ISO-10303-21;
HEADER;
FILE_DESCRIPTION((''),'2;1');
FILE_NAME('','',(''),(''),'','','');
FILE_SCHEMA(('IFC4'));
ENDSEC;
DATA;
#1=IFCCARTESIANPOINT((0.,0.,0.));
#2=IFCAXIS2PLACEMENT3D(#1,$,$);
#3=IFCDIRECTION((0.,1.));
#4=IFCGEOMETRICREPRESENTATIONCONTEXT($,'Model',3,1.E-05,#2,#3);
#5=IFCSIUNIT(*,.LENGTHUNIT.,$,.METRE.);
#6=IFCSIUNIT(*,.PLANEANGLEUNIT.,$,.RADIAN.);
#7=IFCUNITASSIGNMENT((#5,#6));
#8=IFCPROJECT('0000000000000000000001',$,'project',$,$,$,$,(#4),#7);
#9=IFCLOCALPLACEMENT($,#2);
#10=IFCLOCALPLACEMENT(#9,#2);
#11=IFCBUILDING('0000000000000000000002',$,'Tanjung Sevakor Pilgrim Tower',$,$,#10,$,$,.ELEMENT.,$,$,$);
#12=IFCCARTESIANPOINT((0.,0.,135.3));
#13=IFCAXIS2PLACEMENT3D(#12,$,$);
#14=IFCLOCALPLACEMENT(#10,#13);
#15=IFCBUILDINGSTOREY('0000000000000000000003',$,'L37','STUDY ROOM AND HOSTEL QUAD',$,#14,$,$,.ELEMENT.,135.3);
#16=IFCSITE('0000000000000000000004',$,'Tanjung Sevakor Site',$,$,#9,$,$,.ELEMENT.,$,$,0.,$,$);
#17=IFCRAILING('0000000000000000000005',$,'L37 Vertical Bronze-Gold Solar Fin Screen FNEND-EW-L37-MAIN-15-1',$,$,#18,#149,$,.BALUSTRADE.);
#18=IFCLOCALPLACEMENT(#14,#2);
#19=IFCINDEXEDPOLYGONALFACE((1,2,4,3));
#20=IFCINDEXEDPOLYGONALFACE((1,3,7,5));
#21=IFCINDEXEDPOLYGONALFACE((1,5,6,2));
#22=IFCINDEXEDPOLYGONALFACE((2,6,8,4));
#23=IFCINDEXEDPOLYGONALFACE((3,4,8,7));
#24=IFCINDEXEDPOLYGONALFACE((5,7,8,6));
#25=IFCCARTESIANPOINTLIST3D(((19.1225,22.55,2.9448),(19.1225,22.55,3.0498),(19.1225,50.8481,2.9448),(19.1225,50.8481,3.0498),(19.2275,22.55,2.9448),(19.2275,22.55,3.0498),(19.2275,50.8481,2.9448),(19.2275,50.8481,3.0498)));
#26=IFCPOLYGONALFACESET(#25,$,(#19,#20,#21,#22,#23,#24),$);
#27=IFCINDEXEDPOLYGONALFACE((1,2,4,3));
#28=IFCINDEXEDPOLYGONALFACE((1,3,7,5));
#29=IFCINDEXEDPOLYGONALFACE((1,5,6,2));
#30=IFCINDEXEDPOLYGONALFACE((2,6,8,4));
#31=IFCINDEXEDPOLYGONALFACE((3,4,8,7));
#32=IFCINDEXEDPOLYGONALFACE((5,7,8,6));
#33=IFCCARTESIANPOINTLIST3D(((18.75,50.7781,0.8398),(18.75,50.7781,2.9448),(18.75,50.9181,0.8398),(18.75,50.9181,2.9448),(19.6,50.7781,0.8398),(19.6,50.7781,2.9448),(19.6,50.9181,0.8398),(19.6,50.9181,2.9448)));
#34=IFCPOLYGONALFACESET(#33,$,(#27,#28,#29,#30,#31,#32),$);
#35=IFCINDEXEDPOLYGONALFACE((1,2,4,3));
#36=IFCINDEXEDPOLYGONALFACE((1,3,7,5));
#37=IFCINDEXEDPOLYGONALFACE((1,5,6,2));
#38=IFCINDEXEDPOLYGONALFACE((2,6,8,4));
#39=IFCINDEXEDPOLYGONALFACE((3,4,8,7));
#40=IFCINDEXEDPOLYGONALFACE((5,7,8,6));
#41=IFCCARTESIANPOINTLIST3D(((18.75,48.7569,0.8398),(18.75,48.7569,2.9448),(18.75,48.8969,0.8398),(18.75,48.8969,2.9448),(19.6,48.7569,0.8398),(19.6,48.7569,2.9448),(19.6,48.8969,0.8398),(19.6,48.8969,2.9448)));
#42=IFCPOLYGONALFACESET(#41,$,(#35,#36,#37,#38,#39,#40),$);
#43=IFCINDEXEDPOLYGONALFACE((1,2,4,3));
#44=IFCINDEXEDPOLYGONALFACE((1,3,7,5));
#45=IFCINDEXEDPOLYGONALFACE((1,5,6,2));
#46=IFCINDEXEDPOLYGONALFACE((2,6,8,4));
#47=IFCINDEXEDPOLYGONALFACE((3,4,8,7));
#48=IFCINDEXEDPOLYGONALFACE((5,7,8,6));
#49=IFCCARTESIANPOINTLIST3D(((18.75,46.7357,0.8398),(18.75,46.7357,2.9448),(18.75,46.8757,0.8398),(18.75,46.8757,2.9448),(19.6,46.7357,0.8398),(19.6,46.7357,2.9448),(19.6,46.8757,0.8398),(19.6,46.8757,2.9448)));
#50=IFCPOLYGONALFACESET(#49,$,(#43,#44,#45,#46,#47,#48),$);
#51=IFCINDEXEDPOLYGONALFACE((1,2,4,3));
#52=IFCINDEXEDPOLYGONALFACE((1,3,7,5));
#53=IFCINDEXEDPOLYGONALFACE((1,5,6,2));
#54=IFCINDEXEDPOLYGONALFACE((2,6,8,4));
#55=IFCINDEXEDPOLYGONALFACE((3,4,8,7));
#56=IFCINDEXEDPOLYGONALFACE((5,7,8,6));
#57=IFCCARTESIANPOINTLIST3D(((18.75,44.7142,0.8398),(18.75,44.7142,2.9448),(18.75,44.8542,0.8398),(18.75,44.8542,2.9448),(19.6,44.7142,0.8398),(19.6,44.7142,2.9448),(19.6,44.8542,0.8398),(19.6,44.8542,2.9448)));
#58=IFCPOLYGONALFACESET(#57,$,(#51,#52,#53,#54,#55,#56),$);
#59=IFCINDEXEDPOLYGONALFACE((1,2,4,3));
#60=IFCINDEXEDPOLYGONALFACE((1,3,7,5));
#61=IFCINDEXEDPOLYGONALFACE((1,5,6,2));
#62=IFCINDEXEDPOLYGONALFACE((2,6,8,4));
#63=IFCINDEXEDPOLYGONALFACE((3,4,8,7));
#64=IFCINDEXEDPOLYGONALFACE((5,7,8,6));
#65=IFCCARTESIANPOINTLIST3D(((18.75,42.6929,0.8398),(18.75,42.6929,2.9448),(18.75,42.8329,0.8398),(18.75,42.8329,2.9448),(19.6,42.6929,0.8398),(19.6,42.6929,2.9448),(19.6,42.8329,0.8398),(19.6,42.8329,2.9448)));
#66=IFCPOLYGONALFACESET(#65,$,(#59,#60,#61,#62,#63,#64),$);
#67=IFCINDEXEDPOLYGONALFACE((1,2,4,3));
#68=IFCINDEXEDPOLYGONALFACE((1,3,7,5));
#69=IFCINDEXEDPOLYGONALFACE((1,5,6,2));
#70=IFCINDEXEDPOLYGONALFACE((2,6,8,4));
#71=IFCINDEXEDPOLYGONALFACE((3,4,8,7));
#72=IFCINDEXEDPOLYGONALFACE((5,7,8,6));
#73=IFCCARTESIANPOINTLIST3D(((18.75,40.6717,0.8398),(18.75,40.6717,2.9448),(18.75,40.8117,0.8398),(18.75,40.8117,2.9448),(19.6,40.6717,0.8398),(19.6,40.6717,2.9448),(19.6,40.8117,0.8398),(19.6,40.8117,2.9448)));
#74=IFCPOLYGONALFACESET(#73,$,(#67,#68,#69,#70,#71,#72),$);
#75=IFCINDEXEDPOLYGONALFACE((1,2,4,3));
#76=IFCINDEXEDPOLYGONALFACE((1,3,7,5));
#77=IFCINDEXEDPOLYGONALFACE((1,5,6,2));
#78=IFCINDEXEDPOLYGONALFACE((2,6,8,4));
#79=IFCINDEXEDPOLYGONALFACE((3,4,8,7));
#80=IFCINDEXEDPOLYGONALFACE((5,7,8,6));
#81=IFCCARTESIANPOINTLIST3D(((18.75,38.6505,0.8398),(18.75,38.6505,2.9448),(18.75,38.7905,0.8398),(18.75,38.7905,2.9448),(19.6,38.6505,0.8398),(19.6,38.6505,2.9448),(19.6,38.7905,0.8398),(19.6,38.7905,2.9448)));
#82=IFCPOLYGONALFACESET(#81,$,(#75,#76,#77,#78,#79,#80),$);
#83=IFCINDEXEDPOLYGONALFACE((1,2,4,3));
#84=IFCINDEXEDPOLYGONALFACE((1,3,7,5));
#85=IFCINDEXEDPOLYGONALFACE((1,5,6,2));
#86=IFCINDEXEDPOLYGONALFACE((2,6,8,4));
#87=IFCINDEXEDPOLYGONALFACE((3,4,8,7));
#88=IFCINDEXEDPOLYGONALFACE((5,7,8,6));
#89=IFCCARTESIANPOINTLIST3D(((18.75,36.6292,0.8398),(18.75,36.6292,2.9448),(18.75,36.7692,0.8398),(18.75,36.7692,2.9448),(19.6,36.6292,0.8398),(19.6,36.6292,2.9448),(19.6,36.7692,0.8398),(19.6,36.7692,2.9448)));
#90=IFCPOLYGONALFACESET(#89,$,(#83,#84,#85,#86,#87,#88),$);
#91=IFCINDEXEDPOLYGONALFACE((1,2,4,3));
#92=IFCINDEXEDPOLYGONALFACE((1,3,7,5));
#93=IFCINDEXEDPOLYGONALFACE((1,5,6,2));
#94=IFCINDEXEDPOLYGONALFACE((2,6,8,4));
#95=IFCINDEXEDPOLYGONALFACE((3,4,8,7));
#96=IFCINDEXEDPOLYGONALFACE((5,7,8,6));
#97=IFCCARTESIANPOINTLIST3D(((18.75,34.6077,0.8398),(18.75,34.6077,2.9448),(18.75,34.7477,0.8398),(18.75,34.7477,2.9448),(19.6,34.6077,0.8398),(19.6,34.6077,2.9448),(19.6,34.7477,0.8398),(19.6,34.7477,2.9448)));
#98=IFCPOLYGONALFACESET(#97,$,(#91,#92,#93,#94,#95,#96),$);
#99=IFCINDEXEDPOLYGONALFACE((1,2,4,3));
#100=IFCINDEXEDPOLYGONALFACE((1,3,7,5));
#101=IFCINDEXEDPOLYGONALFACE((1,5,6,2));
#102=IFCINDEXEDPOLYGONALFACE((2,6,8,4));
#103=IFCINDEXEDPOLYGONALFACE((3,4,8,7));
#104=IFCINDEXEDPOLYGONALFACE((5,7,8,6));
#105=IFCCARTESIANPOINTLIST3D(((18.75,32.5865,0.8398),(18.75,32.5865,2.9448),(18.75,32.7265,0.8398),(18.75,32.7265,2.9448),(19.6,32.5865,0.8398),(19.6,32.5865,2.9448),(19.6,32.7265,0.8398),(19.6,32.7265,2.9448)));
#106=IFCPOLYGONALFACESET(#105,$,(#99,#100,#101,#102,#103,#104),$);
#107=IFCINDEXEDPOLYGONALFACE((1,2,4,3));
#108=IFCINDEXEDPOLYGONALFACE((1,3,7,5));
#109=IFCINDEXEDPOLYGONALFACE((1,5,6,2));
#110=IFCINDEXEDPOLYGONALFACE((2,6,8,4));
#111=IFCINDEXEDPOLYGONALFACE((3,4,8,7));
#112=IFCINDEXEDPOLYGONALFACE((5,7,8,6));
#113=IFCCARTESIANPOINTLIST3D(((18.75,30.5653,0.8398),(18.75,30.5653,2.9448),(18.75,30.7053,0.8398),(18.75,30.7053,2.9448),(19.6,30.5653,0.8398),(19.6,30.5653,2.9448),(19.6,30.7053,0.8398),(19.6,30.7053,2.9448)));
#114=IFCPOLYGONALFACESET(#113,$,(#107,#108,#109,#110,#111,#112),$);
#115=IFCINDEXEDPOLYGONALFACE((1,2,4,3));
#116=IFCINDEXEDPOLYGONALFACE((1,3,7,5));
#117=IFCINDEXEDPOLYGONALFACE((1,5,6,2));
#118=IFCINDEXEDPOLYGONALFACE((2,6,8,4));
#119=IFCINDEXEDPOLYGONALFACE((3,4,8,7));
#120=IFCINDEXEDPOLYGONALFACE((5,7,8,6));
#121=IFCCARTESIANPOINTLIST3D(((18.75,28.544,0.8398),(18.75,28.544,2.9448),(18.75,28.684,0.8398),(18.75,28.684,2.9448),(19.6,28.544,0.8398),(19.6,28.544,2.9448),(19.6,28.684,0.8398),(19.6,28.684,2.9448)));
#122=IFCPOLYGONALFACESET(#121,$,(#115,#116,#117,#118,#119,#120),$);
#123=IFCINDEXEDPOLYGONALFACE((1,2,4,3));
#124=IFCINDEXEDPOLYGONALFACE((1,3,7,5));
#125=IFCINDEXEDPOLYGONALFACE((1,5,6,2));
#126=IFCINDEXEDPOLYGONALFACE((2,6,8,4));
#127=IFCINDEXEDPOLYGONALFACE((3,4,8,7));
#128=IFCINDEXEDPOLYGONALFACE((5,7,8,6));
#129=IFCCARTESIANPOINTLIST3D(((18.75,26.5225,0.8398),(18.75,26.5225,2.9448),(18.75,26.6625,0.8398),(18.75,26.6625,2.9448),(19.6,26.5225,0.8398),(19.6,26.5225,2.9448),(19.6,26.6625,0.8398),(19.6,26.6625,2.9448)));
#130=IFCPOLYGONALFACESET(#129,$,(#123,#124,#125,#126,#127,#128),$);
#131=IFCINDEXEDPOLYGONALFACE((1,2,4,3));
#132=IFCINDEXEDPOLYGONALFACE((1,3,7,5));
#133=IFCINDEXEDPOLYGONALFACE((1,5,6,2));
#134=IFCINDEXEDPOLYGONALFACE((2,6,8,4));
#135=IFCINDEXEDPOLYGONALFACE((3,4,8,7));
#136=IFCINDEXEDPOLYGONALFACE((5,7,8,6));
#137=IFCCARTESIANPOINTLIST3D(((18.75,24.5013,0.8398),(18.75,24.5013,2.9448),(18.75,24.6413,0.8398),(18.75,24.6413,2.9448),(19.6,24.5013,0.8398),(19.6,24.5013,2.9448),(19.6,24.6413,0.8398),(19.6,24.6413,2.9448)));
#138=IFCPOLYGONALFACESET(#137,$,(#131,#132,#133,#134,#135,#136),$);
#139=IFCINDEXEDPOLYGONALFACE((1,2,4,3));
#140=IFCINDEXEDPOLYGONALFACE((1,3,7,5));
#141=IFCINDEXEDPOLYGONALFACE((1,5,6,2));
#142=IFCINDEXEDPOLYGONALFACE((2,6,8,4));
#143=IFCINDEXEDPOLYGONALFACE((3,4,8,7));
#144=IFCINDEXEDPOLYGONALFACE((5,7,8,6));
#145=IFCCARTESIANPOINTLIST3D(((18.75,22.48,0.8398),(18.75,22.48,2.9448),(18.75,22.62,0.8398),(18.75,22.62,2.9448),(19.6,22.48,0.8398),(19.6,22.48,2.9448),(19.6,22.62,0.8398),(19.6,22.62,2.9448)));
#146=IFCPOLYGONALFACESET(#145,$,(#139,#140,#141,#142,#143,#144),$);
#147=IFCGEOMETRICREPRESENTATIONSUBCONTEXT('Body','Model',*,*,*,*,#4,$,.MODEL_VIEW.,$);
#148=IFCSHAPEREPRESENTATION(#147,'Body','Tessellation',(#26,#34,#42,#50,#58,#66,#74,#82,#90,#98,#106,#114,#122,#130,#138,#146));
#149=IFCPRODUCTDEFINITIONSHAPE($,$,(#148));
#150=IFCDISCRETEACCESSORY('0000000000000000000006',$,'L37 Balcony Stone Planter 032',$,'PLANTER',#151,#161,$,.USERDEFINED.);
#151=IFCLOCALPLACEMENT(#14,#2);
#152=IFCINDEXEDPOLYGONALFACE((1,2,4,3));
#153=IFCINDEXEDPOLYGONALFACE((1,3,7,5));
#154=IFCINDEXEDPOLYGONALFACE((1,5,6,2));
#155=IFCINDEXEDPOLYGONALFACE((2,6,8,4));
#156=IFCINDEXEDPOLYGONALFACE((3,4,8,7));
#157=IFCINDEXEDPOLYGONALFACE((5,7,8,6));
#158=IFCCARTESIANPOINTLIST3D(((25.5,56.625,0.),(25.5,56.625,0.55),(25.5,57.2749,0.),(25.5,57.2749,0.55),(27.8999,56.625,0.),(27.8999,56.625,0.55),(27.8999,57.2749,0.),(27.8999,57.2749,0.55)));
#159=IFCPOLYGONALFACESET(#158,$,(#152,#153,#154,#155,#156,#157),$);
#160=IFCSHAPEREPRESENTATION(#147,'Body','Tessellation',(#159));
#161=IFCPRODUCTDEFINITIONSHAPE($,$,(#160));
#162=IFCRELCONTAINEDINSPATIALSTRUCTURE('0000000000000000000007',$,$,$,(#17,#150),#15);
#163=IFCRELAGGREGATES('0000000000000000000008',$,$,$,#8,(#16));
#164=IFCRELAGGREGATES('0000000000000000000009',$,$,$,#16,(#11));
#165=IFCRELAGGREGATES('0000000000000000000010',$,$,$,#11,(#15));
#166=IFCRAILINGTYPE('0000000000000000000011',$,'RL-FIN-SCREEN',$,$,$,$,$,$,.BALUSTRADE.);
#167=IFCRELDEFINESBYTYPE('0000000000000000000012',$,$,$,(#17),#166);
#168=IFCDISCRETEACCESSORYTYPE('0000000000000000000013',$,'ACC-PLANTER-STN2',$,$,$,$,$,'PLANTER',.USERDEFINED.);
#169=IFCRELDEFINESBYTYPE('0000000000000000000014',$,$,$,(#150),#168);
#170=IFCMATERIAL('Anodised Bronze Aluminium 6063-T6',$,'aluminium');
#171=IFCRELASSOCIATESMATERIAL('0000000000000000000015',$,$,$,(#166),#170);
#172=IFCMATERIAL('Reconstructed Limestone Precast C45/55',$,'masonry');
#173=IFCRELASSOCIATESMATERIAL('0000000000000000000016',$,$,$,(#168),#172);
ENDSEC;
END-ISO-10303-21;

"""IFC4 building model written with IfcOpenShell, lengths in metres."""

from ifc_helpers import new_model, si_unit, direction, frame, origin, origin_2d, place, context, subcontext, project, spatial, rectangle, extrude, material, type_object, element, save


model = new_model("IFC4")

# Units and contexts
model_context = context("Model", 3, precision=1e-05, world=origin(), true_north=direction((0.0, 1.0)))
body_context = subcontext(model_context, "Body", "Model", "MODEL_VIEW")
ifc_project = project(units=[si_unit("LENGTHUNIT", "METRE"), si_unit("PLANEANGLEUNIT", "RADIAN")], contexts=[model_context])

# Site, building, storey
site_placement = place(None, origin())
site = spatial("IfcSite", under=ifc_project, at=site_placement, Name="Tanjung Sevakor Site", CompositionType="ELEMENT", RefElevation=0.0)
building_placement = place(site_placement, origin())
building = spatial("IfcBuilding", under=site, at=building_placement, Name="Tanjung Sevakor Pilgrim Tower", CompositionType="ELEMENT")
storey_placement = place(building_placement, frame((0.0, 0.0, 135.3)))
storey = spatial("IfcBuildingStorey", under=building, at=storey_placement, Name="L37", Description="STUDY ROOM AND HOSTEL QUAD", CompositionType="ELEMENT", Elevation=135.3)

# Railing
ifc_material_1 = material(Name="Anodised Bronze Aluminium 6063-T6", Category="aluminium")
railing_type_1 = type_object("IfcRailingType", Name="RL-FIN-SCREEN", PredefinedType="BALUSTRADE", material=ifc_material_1)
railing_1_placement = place(storey_placement, frame((19.175, 50.8481, 0.8398)))
element("IfcRailing", 1, at=railing_1_placement, inside=storey, type_object=railing_type_1, Name="L37 Vertical Bronze-Gold Solar Fin Screen FNEND-EW-L37-MAIN-15-1", PredefinedType="BALUSTRADE", context=body_context, shape_type="SweptSolid", body=[
    extrude(rectangle(XDim=0.105, YDim=0.105), frame((0.0, 0.0, 2.1575), z_axis=(0.0, -1.0, 0.0), x_axis=(1.0, 0.0, 0.0)), (0.0, 0.0, 1.0), 28.2981),
    extrude(rectangle(XDim=0.85, YDim=0.14), origin(), (0.0, 0.0, 1.0), 2.105),
    extrude(rectangle(XDim=0.85, YDim=0.14), frame((0.0, -2.0212, 0.0)), (0.0, 0.0, 1.0), 2.105),
    extrude(rectangle(XDim=0.85, YDim=0.14), frame((0.0, -4.0425, 0.0)), (0.0, 0.0, 1.0), 2.105),
    extrude(rectangle(XDim=0.85, YDim=0.14), frame((0.0, -6.064, 0.0)), (0.0, 0.0, 1.0), 2.105),
    extrude(rectangle(XDim=0.85, YDim=0.14), frame((0.0, -8.0852, 0.0)), (0.0, 0.0, 1.0), 2.105),
    extrude(rectangle(XDim=0.85, YDim=0.14), frame((0.0, -10.1064, 0.0)), (0.0, 0.0, 1.0), 2.105),
    extrude(rectangle(XDim=0.85, YDim=0.14), frame((0.0, -12.1277, 0.0)), (0.0, 0.0, 1.0), 2.105),
    extrude(rectangle(XDim=0.85, YDim=0.14), frame((0.0, -14.1489, 0.0)), (0.0, 0.0, 1.0), 2.105),
    extrude(rectangle(XDim=0.85, YDim=0.14), frame((0.0, -16.1704, 0.0)), (0.0, 0.0, 1.0), 2.105),
    extrude(rectangle(XDim=0.85, YDim=0.14), frame((0.0, -18.1917, 0.0)), (0.0, 0.0, 1.0), 2.105),
    extrude(rectangle(XDim=0.85, YDim=0.14), frame((0.0, -20.2129, 0.0)), (0.0, 0.0, 1.0), 2.105),
    extrude(rectangle(XDim=0.85, YDim=0.14), frame((0.0, -22.2341, 0.0)), (0.0, 0.0, 1.0), 2.105),
    extrude(rectangle(XDim=0.85, YDim=0.14), frame((0.0, -24.2556, 0.0)), (0.0, 0.0, 1.0), 2.105),
    extrude(rectangle(XDim=0.85, YDim=0.14), frame((0.0, -26.2769, 0.0)), (0.0, 0.0, 1.0), 2.105),
    extrude(rectangle(XDim=0.85, YDim=0.14), frame((0.0, -28.2981, 0.0)), (0.0, 0.0, 1.0), 2.105),
])

# Discrete accessory
ifc_material_2 = material(Name="Reconstructed Limestone Precast C45/55", Category="masonry")
discrete_accessory_type = type_object("IfcDiscreteAccessoryType", Name="ACC-PLANTER-STN2", ElementType="PLANTER", PredefinedType="USERDEFINED", material=ifc_material_2)
discrete_accessory_placement = place(storey_placement, frame((26.7, 56.95, 0.0), z_axis=(0.0, 0.0, 1.0), x_axis=(1.0, 0.0, 0.0)))
element("IfcDiscreteAccessory", 2, at=discrete_accessory_placement, inside=storey, type_object=discrete_accessory_type, Name="L37 Balcony Stone Planter 032", ObjectType="PLANTER", PredefinedType="USERDEFINED", context=body_context, shape_type="SweptSolid", body=[
    extrude(rectangle(XDim=2.3999, YDim=0.6499, at=origin_2d()), origin(), (0.0, 0.0, 1.0), 0.55),
])

save(model, "model.ifc")
